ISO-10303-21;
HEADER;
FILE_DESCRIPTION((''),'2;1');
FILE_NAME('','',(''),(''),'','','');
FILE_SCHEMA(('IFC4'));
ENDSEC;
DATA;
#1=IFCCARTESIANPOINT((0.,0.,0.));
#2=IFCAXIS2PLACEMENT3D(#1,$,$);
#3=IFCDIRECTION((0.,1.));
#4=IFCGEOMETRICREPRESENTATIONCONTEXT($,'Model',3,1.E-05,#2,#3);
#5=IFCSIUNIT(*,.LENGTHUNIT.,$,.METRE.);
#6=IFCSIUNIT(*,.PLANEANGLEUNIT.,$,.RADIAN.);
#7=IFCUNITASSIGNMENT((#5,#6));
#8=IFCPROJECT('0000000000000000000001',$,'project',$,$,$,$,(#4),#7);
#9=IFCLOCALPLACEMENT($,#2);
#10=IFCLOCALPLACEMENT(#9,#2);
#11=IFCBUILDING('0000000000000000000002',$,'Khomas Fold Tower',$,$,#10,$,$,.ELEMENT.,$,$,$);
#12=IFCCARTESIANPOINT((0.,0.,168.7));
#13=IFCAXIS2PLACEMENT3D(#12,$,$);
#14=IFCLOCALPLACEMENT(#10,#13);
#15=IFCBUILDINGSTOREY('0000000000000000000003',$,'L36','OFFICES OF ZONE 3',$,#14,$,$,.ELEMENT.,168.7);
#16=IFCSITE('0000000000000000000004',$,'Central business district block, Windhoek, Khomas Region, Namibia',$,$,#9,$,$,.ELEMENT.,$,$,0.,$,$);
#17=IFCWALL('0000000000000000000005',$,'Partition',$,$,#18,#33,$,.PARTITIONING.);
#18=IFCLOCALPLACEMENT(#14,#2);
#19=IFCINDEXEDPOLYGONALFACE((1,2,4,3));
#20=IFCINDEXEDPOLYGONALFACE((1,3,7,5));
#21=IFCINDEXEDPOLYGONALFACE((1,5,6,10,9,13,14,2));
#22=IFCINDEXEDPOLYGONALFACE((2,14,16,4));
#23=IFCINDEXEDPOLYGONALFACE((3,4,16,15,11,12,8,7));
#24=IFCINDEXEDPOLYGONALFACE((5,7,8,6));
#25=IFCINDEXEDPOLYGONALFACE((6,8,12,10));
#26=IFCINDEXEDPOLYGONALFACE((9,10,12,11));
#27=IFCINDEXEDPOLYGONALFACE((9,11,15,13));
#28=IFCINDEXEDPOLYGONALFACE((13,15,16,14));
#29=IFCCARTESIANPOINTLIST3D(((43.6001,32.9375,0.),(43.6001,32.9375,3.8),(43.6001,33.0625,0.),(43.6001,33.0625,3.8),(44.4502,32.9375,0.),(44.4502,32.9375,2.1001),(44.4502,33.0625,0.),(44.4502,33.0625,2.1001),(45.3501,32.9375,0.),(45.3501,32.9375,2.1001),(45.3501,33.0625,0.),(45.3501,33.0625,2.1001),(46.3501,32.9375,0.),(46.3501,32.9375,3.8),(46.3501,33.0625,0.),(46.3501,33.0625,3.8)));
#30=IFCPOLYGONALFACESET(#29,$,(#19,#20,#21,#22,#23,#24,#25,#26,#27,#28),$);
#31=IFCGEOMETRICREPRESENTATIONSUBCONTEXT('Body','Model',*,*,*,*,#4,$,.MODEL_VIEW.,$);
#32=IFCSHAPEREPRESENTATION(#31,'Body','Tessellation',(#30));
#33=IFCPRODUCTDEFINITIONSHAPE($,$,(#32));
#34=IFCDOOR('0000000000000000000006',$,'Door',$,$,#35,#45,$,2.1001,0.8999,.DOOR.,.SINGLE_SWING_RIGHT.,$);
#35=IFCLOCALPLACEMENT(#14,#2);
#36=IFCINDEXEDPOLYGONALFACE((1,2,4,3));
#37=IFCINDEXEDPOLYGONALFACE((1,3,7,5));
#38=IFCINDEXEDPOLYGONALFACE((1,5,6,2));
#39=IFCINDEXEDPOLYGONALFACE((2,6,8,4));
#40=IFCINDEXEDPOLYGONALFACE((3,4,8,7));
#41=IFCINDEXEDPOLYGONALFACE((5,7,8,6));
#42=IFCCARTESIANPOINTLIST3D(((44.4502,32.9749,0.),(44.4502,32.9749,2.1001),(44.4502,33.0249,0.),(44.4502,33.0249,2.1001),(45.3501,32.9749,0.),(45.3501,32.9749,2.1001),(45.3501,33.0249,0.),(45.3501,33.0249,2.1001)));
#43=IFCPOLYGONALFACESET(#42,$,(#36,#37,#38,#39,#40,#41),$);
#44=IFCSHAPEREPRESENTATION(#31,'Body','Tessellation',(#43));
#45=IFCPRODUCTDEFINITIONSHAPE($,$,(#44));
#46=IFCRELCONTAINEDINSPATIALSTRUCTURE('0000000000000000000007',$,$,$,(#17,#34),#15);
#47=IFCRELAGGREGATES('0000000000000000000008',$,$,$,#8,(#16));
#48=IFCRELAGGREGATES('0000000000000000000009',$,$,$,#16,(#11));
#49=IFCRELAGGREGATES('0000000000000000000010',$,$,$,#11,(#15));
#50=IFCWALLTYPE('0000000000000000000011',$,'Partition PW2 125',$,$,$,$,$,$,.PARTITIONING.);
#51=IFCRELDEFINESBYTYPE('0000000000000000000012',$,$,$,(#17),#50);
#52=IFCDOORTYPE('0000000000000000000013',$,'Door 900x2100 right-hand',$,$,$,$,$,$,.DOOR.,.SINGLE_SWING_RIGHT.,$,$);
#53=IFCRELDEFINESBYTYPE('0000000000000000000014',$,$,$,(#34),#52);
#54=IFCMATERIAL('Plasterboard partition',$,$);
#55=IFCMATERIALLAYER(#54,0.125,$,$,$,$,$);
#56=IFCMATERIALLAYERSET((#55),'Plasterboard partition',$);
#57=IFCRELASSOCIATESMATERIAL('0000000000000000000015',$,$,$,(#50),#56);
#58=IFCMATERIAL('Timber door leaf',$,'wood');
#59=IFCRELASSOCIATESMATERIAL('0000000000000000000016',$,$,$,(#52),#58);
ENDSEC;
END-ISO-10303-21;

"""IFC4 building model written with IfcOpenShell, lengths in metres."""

from ifc_helpers import new_model, si_unit, direction, frame, frame_2d, origin, place, context, subcontext, project, spatial, rectangle, extrude, source, transform, mapped, material, layer, layer_set, type_object, element, fill, save


model = new_model("IFC4")

# Units and contexts
model_context = context("Model", 3, precision=1e-05, world=origin(), true_north=direction((0.0, 1.0)))
body_context = subcontext(model_context, "Body", "Model", "MODEL_VIEW")
ifc_project = project(units=[si_unit("LENGTHUNIT", "METRE"), si_unit("PLANEANGLEUNIT", "RADIAN")], contexts=[model_context])

# Site, building, storey
site_placement = place(None, origin())
site = spatial("IfcSite", under=ifc_project, at=site_placement, Name="Central business district block, Windhoek, Khomas Region, Namibia", CompositionType="ELEMENT", RefElevation=0.0)
building_placement = place(site_placement, origin())
building = spatial("IfcBuilding", under=site, at=building_placement, Name="Khomas Fold Tower", CompositionType="ELEMENT")
storey_placement = place(building_placement, frame((0.0, 0.0, 168.7)))
storey = spatial("IfcBuildingStorey", under=building, at=storey_placement, Name="L36", Description="OFFICES OF ZONE 3", CompositionType="ELEMENT", Elevation=168.7)

# Wall, opening, door
ifc_material_1 = material(Name="Plasterboard partition")
ifc_layer_1 = layer(ifc_material_1, 0.125)
ifc_layer_set_1 = layer_set([ifc_layer_1], Name="Plasterboard partition")
wall_type_1 = type_object("IfcWallType", Name="Partition PW2 125", PredefinedType="PARTITIONING", material=ifc_layer_set_1)
shared_shape_1 = source(origin(), body_context, "Body", "SweptSolid", [
    extrude(rectangle(XDim=2.75, YDim=0.125, at=frame_2d((1.375, 0.0))), origin(), (0.0, 0.0, 1.0), 3.8),
])
wall_1_placement = place(storey_placement, frame((43.6001, 33.0, 0.0), z_axis=(0.0, 0.0, 1.0), x_axis=(1.0, 0.0, 0.0)))
wall_1 = element("IfcWall", 1, at=wall_1_placement, inside=storey, type_object=wall_type_1, Name="Partition", PredefinedType="PARTITIONING", context=body_context, shape_type="MappedRepresentation", body=[
    mapped(shared_shape_1, transform((0.0, 0.0, 0.0))),
])
shared_shape_2 = source(origin(), body_context, "Body", "SweptSolid", [
    extrude(rectangle(XDim=0.8999, YDim=2.1001, at=frame_2d((0.45, 1.05))), frame((0.0, 0.0725, 0.0), z_axis=(0.0, -1.0, 0.0), x_axis=(1.0, 0.0, 0.0)), (0.0, 0.0, 1.0), 0.145),
])
opening_placement = place(wall_1_placement, frame((0.8501, 0.0, 0.0)))
opening = element("IfcOpeningElement", 2, at=opening_placement, cuts=wall_1, PredefinedType="OPENING", context=body_context, shape_type="MappedRepresentation", body=[
    mapped(shared_shape_2, transform((0.0, 0.0, 0.0))),
])
ifc_material_2 = material(Name="Timber door leaf", Category="wood")
door_type = type_object("IfcDoorType", Name="Door 900x2100 right-hand", OperationType="SINGLE_SWING_RIGHT", PredefinedType="DOOR", material=ifc_material_2)
shared_shape_3 = source(origin(), body_context, "Body", "SweptSolid", [
    extrude(rectangle(XDim=0.8999, YDim=2.1001, at=frame_2d((0.45, 1.05))), frame((0.0, 0.0249, 0.0), z_axis=(0.0, -1.0, 0.0), x_axis=(1.0, 0.0, 0.0)), (0.0, 0.0, 1.0), 0.05),
])
door_placement = place(opening_placement, origin())
door = element("IfcDoor", 3, at=door_placement, inside=storey, type_object=door_type, Name="Door", OperationType="SINGLE_SWING_RIGHT", OverallHeight=2.1001, OverallWidth=0.8999, PredefinedType="DOOR", context=body_context, shape_type="MappedRepresentation", body=[
    mapped(shared_shape_3, transform((0.0, 0.0, 0.0))),
])
fill(opening, door)

save(model, "model.ifc")
